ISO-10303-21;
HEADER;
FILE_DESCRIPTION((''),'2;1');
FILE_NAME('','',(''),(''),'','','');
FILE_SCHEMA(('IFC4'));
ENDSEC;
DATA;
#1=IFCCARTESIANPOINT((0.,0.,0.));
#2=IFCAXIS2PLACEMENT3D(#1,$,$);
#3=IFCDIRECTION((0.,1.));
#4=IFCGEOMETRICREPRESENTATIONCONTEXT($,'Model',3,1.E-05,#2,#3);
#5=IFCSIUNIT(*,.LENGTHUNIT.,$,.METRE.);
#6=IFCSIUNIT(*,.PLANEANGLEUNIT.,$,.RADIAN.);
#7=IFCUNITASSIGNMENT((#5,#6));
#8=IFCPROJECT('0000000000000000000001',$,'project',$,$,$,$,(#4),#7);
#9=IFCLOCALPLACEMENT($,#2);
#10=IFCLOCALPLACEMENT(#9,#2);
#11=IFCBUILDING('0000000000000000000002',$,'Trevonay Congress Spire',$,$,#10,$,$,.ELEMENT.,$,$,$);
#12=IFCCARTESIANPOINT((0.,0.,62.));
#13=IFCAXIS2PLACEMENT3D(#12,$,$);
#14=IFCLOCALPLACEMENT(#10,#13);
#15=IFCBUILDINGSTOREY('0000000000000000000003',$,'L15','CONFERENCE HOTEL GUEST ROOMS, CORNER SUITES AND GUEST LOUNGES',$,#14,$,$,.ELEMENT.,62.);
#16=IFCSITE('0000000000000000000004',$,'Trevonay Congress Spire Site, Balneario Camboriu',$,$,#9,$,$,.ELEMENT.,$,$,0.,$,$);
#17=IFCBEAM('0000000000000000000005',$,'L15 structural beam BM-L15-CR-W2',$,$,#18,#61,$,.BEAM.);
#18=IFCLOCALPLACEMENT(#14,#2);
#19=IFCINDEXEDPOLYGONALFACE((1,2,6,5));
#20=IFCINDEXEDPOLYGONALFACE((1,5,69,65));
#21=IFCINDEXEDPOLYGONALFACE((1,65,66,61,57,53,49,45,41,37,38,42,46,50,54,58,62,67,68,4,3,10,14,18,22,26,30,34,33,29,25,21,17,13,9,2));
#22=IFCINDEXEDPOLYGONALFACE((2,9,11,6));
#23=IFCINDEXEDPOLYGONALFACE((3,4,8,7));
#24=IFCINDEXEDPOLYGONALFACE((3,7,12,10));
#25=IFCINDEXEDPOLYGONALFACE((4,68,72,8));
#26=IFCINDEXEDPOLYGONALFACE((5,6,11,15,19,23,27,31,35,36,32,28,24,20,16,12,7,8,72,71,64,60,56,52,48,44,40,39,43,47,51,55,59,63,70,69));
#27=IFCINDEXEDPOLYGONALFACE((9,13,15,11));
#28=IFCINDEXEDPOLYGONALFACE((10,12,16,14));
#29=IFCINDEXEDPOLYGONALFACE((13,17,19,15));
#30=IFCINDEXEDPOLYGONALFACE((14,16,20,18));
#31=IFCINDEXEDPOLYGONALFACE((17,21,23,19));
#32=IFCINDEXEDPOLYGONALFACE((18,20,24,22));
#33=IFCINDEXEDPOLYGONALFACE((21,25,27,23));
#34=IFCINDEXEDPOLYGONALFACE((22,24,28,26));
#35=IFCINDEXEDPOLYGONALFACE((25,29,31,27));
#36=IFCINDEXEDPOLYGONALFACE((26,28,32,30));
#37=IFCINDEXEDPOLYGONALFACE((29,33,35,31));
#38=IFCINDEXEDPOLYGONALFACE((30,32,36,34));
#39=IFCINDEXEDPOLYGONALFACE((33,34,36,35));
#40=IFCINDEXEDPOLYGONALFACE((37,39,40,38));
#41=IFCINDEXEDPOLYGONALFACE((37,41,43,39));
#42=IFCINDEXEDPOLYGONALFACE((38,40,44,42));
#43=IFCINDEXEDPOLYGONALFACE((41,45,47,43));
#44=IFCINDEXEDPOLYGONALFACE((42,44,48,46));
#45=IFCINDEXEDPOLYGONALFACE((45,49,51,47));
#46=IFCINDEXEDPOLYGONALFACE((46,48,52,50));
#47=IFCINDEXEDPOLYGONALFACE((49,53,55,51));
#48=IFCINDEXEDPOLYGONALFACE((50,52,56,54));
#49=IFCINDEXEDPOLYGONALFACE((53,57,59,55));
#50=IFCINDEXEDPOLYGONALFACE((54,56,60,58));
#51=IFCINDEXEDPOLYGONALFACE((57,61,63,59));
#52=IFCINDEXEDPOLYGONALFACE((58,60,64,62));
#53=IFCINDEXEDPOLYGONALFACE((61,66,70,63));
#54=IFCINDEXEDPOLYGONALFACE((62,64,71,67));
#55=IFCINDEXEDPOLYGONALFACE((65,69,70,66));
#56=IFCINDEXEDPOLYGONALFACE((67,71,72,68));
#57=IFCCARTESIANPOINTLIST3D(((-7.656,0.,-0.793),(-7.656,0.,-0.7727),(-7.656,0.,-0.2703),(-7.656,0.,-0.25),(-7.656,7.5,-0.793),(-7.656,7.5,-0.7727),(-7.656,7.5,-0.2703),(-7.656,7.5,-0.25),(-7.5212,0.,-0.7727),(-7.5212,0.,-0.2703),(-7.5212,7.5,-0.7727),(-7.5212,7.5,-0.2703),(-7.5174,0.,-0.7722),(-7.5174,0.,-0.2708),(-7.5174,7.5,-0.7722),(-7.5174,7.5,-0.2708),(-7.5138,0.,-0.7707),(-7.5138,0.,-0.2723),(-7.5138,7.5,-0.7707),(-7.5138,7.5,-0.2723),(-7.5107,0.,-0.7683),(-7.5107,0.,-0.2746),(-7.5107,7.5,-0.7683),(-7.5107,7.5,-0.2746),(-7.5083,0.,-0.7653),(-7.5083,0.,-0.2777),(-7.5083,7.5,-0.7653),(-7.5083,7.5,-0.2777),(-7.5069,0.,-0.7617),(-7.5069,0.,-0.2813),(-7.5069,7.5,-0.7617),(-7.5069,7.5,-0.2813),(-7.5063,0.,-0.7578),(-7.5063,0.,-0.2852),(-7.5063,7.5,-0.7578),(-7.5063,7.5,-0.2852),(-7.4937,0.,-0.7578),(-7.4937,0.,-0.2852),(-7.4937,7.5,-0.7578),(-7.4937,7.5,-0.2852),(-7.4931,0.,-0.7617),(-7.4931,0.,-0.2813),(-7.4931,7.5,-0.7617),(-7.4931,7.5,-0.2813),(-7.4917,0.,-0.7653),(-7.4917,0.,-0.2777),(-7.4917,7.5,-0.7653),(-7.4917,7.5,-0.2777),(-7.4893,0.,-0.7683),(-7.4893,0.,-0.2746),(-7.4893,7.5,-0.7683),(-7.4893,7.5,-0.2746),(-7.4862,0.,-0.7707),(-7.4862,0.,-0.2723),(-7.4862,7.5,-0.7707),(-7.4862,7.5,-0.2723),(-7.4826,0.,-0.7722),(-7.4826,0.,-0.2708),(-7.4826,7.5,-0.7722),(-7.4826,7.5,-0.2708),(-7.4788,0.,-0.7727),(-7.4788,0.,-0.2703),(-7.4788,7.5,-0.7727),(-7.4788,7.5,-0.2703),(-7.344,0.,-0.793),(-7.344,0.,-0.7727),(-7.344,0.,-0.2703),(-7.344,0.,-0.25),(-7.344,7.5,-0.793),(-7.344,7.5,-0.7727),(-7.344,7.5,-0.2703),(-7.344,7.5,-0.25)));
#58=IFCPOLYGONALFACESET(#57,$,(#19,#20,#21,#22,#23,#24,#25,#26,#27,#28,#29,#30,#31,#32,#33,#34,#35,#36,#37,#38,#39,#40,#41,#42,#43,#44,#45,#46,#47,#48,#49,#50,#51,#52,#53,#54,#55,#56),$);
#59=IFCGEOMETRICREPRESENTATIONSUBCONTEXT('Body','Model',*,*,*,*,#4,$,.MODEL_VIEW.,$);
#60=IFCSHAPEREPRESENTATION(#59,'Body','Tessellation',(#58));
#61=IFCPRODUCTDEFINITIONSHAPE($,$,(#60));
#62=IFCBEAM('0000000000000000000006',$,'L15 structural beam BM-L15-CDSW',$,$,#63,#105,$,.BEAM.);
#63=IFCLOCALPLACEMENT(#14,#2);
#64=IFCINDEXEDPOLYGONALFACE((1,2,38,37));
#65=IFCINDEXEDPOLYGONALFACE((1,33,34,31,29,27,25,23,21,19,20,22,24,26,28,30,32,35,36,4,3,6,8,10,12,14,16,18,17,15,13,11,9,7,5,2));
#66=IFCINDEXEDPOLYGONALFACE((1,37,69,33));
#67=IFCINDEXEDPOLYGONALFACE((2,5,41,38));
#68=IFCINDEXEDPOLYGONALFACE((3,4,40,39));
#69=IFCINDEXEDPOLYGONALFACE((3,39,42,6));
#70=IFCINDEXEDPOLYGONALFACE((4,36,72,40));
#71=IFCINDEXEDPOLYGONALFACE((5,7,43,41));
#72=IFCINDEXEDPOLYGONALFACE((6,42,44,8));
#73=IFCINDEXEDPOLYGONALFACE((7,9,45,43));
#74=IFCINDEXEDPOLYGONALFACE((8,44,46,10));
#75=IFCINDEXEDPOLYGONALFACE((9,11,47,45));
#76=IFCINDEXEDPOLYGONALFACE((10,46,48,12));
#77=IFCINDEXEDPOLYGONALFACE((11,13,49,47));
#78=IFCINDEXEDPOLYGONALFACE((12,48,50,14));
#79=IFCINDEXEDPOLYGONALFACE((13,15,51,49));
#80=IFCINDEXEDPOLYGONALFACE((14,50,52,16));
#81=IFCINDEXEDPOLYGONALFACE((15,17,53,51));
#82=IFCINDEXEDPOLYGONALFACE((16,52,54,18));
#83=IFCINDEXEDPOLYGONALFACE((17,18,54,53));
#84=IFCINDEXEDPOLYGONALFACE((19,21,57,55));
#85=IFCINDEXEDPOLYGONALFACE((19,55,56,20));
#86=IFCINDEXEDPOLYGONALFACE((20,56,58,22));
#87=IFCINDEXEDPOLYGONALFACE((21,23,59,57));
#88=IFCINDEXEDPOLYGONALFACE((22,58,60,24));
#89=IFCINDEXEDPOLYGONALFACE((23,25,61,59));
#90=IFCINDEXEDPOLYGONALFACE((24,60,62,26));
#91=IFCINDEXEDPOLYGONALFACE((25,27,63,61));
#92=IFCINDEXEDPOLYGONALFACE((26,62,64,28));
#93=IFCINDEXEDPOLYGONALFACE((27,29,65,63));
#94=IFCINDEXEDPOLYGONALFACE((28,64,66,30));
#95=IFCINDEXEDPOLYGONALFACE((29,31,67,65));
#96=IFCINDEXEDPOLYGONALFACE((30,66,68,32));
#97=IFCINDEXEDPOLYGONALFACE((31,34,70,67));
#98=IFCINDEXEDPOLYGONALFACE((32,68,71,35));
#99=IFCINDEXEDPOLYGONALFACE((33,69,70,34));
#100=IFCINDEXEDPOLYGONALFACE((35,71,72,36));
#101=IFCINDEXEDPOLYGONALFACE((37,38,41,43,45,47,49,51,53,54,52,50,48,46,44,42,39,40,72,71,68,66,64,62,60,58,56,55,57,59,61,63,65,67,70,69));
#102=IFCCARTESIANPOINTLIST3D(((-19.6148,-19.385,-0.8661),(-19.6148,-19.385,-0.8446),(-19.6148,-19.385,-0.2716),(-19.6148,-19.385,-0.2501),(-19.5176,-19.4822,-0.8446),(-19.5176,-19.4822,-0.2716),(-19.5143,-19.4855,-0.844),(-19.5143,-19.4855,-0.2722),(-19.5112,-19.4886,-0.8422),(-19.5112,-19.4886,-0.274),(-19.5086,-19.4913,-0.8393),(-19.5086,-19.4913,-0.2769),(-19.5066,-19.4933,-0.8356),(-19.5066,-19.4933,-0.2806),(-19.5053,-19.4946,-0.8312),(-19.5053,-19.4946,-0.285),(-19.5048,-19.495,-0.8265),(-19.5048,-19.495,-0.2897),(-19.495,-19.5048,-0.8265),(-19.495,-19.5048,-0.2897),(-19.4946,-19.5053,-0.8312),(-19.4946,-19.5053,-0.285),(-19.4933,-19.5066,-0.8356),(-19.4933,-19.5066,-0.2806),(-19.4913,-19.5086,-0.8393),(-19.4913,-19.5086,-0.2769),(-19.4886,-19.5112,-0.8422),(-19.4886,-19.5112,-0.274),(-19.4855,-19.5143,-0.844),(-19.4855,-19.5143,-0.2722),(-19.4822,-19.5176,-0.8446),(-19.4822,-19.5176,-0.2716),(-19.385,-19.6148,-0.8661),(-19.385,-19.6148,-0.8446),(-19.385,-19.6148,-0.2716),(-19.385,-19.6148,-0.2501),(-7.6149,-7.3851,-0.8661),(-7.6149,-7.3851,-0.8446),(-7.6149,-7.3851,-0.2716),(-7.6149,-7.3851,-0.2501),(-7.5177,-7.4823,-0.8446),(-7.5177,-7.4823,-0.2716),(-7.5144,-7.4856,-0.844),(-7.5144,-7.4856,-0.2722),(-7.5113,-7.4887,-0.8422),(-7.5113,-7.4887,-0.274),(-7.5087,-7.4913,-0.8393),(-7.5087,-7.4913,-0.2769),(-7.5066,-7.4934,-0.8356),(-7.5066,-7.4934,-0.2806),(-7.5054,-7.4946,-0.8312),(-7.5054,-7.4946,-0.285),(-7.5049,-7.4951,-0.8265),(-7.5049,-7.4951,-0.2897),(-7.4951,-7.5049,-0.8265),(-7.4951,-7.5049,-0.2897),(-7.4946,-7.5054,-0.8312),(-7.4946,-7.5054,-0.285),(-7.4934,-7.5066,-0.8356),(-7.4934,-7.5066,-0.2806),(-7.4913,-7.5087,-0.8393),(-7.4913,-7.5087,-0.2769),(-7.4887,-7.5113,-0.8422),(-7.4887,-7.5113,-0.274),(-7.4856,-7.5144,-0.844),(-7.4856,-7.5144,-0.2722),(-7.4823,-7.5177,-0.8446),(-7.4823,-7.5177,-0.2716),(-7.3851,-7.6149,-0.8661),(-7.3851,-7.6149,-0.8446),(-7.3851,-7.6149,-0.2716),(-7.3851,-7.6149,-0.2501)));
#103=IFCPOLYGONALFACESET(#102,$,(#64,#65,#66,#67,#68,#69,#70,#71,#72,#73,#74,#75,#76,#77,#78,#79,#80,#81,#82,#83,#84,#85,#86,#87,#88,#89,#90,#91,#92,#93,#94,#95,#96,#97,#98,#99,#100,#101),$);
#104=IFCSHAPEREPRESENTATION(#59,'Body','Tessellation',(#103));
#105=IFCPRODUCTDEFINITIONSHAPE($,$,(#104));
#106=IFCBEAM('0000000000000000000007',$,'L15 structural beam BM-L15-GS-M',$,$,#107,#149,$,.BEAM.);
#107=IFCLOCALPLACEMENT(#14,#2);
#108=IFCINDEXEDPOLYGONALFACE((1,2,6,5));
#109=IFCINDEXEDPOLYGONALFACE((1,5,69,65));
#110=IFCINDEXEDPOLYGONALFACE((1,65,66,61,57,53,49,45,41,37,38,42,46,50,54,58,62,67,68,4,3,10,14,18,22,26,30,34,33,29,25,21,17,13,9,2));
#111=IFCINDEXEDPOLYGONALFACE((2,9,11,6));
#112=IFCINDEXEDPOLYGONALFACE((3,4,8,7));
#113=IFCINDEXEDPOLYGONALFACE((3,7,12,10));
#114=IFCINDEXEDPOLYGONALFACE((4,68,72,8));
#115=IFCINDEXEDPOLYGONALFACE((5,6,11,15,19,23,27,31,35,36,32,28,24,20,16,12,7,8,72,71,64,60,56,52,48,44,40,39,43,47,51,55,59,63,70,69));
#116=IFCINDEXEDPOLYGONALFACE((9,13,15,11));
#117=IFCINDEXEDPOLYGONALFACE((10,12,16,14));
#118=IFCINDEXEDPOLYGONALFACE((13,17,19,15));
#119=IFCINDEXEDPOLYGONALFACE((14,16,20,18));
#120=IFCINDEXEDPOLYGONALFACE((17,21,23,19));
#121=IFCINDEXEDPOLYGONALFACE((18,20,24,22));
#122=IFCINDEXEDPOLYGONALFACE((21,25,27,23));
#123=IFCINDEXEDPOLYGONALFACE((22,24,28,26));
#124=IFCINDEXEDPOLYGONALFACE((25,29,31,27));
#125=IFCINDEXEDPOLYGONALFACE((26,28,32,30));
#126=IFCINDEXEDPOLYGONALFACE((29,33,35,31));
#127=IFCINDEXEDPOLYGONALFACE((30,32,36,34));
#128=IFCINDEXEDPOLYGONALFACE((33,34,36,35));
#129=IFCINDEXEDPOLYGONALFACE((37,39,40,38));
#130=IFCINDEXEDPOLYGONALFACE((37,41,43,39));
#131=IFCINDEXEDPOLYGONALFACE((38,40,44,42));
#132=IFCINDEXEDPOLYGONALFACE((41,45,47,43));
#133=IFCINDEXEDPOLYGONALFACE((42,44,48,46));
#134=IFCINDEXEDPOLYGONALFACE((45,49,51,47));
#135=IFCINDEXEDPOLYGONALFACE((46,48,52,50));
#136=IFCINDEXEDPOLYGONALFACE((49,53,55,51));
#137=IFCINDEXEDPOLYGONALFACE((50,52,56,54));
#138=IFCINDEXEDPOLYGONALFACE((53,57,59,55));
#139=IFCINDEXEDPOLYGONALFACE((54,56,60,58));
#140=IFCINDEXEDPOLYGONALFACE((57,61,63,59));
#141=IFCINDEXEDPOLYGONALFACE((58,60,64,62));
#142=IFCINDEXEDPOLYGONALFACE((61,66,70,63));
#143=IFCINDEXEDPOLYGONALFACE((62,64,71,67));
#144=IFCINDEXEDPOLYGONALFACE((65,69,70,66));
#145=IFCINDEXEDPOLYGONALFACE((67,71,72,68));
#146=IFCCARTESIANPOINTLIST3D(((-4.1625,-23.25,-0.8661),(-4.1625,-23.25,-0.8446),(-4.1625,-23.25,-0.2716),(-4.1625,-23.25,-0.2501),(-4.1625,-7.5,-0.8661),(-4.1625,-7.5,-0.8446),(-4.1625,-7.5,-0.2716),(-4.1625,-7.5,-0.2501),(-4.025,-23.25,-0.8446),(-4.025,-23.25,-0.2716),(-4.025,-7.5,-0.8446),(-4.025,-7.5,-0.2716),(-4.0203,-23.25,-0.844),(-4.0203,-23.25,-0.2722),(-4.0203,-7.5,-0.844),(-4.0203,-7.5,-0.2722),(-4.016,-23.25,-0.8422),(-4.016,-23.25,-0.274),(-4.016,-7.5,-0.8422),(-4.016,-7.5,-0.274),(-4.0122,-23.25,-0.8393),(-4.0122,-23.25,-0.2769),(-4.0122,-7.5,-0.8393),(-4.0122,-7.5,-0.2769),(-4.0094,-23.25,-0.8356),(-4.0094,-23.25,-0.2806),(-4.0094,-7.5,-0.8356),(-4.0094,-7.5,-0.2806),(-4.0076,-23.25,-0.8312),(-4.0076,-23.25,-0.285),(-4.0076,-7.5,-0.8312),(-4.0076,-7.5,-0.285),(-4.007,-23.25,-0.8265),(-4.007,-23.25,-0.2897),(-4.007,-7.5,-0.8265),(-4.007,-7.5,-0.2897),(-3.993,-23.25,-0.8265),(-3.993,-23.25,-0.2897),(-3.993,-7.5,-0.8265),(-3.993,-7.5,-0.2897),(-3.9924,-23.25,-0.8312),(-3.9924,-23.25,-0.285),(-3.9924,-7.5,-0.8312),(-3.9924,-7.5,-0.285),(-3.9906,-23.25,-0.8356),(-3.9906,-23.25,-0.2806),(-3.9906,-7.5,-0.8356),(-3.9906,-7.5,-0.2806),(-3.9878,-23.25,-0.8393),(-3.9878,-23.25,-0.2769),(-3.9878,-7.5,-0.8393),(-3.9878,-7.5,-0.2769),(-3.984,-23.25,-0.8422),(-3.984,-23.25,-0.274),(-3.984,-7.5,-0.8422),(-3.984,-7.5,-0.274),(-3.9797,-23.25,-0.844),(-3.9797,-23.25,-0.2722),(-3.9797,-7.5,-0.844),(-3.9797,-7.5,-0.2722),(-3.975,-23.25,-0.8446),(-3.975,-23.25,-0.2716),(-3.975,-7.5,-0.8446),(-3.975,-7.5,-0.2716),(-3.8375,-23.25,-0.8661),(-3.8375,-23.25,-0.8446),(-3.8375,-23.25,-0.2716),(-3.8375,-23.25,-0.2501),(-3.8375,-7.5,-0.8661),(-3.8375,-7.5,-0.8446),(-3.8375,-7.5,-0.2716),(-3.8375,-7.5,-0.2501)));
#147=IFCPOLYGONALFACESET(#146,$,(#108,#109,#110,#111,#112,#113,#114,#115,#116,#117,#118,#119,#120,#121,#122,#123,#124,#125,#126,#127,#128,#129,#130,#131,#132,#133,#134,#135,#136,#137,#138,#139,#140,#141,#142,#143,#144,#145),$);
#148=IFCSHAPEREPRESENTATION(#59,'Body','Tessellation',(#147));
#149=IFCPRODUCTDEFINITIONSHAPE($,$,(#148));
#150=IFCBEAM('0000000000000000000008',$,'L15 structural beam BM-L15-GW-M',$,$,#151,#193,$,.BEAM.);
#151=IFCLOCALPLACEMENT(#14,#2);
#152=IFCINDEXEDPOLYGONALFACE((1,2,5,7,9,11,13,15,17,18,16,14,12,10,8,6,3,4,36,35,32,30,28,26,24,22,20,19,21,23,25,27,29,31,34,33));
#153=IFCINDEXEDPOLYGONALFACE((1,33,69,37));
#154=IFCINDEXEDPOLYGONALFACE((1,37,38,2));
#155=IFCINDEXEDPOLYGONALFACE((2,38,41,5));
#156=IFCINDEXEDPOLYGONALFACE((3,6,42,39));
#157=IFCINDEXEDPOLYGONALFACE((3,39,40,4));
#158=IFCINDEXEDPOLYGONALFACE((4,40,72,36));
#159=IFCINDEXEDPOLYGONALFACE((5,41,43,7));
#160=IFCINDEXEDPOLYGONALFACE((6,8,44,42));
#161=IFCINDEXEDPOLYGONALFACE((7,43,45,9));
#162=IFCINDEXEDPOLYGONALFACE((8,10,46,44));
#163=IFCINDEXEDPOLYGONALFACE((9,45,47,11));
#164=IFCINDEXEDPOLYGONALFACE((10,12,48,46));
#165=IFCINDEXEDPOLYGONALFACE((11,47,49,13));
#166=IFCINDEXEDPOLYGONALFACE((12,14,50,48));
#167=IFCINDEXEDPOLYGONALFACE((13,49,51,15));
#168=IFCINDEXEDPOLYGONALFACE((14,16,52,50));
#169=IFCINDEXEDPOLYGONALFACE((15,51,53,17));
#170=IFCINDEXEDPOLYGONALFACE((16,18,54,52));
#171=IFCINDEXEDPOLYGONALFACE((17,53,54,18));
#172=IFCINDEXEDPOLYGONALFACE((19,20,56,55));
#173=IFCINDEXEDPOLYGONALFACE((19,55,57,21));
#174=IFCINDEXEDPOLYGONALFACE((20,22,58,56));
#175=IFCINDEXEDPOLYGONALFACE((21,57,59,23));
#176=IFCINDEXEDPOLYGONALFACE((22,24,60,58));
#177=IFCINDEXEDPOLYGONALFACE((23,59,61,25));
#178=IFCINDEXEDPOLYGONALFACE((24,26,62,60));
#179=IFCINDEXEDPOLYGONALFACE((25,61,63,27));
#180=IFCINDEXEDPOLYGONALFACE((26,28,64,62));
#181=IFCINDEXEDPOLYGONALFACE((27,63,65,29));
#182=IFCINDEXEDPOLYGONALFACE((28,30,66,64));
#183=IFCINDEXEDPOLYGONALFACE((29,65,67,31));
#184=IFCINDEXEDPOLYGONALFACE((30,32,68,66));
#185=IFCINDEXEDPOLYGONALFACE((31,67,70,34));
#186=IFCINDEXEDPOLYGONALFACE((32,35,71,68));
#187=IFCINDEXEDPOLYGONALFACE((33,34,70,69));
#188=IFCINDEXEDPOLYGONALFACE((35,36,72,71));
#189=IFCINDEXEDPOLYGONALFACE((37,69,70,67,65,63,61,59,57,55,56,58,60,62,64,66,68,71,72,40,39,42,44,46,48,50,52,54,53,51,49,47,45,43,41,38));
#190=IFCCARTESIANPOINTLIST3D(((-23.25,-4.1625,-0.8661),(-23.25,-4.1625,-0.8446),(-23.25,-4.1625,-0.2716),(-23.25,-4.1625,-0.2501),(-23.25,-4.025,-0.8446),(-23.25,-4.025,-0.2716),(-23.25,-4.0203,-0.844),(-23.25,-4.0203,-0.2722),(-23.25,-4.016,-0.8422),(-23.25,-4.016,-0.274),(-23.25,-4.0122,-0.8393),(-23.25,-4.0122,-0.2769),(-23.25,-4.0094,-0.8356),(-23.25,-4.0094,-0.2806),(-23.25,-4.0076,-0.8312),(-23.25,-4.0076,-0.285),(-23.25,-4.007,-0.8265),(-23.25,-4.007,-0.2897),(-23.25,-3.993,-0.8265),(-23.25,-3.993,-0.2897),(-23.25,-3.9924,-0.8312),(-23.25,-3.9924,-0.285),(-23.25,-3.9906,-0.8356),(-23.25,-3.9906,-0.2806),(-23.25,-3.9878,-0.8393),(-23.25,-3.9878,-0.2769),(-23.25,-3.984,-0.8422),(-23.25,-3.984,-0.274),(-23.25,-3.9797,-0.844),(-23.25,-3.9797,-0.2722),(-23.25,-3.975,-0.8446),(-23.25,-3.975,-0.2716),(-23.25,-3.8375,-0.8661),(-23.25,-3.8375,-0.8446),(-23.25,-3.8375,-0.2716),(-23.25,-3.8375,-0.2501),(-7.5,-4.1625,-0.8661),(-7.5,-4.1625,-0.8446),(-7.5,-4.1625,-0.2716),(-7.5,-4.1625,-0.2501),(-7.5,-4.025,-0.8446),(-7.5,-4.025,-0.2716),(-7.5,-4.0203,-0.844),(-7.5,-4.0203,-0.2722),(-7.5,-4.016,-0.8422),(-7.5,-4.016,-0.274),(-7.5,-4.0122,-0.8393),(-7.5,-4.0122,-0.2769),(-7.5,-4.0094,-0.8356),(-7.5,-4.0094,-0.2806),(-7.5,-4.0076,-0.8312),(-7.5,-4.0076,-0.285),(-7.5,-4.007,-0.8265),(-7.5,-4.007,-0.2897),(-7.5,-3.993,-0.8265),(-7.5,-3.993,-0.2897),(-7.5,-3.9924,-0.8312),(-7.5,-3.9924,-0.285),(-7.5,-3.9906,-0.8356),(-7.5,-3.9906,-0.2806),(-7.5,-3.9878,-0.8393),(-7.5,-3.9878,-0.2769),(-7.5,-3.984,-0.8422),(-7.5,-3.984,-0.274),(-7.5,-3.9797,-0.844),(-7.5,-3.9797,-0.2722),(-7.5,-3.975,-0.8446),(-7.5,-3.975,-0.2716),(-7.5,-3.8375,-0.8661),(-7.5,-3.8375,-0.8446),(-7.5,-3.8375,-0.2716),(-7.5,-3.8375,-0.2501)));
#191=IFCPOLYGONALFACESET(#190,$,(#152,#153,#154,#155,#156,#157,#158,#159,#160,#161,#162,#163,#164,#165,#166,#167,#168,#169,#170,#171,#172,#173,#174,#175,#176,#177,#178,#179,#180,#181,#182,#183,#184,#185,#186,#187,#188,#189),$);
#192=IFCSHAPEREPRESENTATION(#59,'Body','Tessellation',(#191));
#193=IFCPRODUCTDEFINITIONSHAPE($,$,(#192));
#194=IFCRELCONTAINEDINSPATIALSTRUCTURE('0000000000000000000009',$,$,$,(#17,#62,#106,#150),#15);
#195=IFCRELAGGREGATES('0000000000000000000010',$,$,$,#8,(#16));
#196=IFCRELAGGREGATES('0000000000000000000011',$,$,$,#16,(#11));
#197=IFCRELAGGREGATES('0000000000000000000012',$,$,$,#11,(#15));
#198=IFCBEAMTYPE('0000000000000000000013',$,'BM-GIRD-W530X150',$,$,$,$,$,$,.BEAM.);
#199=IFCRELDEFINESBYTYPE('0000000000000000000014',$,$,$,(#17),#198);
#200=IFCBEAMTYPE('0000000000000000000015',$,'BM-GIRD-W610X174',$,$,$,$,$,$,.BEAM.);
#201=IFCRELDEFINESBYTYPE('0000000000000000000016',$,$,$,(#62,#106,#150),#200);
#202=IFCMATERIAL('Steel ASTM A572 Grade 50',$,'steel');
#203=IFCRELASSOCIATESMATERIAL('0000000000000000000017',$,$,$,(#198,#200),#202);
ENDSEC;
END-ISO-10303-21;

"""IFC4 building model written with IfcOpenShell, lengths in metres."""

from ifc_helpers import new_model, si_unit, direction, frame, origin, origin_2d, place, context, subcontext, project, spatial, i_section, extrude, material, material_profile, profile_set, type_object, element, save


model = new_model("IFC4")

# Units and contexts
model_context = context("Model", 3, precision=1e-05, world=origin(), true_north=direction((0.0, 1.0)))
body_context = subcontext(model_context, "Body", "Model", "MODEL_VIEW")
ifc_project = project(units=[si_unit("LENGTHUNIT", "METRE"), si_unit("PLANEANGLEUNIT", "RADIAN")], contexts=[model_context])

# Site, building, storey
site_placement = place(None, origin())
site = spatial("IfcSite", under=ifc_project, at=site_placement, Name="Trevonay Congress Spire Site, Balneario Camboriu", CompositionType="ELEMENT", RefElevation=0.0)
building_placement = place(site_placement, origin())
building = spatial("IfcBuilding", under=site, at=building_placement, Name="Trevonay Congress Spire", CompositionType="ELEMENT")
storey_placement = place(building_placement, frame((0.0, 0.0, 62.0)))
storey = spatial("IfcBuildingStorey", under=building, at=storey_placement, Name="L15", Description="CONFERENCE HOTEL GUEST ROOMS, CORNER SUITES AND GUEST LOUNGES", CompositionType="ELEMENT", Elevation=62.0)

# Shared definitions
ifc_material_1 = material(Name="Steel ASTM A572 Grade 50", Category="steel")

# Beams
ifc_material_profile_1 = material_profile(ifc_material_1, i_section(OverallWidth=0.312, OverallDepth=0.543, WebThickness=0.0127, FlangeThickness=0.0203, FilletRadius=0.0149, at=origin_2d()), Name="W530x150")
ifc_profile_set_1 = profile_set([ifc_material_profile_1], Name="Steel ASTM A572 Grade 50")
beam_type_1 = type_object("IfcBeamType", Name="BM-GIRD-W530X150", PredefinedType="BEAM", material=ifc_profile_set_1)
for number, where, z_axis, x_axis, name in (
    (1, (-7.5, 0.0, -0.5215), (0.0, 1.0, 0.0), (-1.0, 0.0, 0.0), "L15 structural beam BM-L15-CR-W2"),
):
    element("IfcBeam", number, at=place(storey_placement, frame(where, z_axis=z_axis, x_axis=x_axis)), inside=storey, type_object=beam_type_1, Name=name, PredefinedType="BEAM", context=body_context, shape_type="SweptSolid", body=[
        extrude(i_section(OverallWidth=0.312, OverallDepth=0.543, WebThickness=0.0127, FlangeThickness=0.0203, FilletRadius=0.0149, at=origin_2d()), origin(), (0.0, 0.0, 1.0), 7.5),
    ])
ifc_material_profile_2 = material_profile(ifc_material_1, i_section(OverallWidth=0.325, OverallDepth=0.616, WebThickness=0.0139, FlangeThickness=0.0215, FilletRadius=0.0181, at=origin_2d()), Name="W610x174")
ifc_profile_set_2 = profile_set([ifc_material_profile_2], Name="Steel ASTM A572 Grade 50")
beam_type_2 = type_object("IfcBeamType", Name="BM-GIRD-W610X174", PredefinedType="BEAM", material=ifc_profile_set_2)
beam_1_placement = place(storey_placement, frame((-7.5, -7.5, -0.5581), z_axis=(-0.707107, -0.707107, 0.0), x_axis=(0.707107, -0.707107, 0.0)))
element("IfcBeam", 2, at=beam_1_placement, inside=storey, type_object=beam_type_2, Name="L15 structural beam BM-L15-CDSW", PredefinedType="BEAM", context=body_context, shape_type="SweptSolid", body=[
    extrude(i_section(OverallWidth=0.325, OverallDepth=0.616, WebThickness=0.0139, FlangeThickness=0.0215, FilletRadius=0.0181, at=origin_2d()), origin(), (0.0, 0.0, 1.0), 16.9705),
])
for number, where, z_axis, x_axis, name in (
    (3, (-4.0, -7.5, -0.5581), (0.0, -1.0, 0.0), (1.0, 0.0, 0.0), "L15 structural beam BM-L15-GS-M"),
    (4, (-7.5, -4.0, -0.5581), (-1.0, 0.0, 0.0), (0.0, -1.0, 0.0), "L15 structural beam BM-L15-GW-M"),
):
    element("IfcBeam", number, at=place(storey_placement, frame(where, z_axis=z_axis, x_axis=x_axis)), inside=storey, type_object=beam_type_2, Name=name, PredefinedType="BEAM", context=body_context, shape_type="SweptSolid", body=[
        extrude(i_section(OverallWidth=0.325, OverallDepth=0.616, WebThickness=0.0139, FlangeThickness=0.0215, FilletRadius=0.0181, at=origin_2d()), origin(), (0.0, 0.0, 1.0), 15.75),
    ])

save(model, "model.ifc")
